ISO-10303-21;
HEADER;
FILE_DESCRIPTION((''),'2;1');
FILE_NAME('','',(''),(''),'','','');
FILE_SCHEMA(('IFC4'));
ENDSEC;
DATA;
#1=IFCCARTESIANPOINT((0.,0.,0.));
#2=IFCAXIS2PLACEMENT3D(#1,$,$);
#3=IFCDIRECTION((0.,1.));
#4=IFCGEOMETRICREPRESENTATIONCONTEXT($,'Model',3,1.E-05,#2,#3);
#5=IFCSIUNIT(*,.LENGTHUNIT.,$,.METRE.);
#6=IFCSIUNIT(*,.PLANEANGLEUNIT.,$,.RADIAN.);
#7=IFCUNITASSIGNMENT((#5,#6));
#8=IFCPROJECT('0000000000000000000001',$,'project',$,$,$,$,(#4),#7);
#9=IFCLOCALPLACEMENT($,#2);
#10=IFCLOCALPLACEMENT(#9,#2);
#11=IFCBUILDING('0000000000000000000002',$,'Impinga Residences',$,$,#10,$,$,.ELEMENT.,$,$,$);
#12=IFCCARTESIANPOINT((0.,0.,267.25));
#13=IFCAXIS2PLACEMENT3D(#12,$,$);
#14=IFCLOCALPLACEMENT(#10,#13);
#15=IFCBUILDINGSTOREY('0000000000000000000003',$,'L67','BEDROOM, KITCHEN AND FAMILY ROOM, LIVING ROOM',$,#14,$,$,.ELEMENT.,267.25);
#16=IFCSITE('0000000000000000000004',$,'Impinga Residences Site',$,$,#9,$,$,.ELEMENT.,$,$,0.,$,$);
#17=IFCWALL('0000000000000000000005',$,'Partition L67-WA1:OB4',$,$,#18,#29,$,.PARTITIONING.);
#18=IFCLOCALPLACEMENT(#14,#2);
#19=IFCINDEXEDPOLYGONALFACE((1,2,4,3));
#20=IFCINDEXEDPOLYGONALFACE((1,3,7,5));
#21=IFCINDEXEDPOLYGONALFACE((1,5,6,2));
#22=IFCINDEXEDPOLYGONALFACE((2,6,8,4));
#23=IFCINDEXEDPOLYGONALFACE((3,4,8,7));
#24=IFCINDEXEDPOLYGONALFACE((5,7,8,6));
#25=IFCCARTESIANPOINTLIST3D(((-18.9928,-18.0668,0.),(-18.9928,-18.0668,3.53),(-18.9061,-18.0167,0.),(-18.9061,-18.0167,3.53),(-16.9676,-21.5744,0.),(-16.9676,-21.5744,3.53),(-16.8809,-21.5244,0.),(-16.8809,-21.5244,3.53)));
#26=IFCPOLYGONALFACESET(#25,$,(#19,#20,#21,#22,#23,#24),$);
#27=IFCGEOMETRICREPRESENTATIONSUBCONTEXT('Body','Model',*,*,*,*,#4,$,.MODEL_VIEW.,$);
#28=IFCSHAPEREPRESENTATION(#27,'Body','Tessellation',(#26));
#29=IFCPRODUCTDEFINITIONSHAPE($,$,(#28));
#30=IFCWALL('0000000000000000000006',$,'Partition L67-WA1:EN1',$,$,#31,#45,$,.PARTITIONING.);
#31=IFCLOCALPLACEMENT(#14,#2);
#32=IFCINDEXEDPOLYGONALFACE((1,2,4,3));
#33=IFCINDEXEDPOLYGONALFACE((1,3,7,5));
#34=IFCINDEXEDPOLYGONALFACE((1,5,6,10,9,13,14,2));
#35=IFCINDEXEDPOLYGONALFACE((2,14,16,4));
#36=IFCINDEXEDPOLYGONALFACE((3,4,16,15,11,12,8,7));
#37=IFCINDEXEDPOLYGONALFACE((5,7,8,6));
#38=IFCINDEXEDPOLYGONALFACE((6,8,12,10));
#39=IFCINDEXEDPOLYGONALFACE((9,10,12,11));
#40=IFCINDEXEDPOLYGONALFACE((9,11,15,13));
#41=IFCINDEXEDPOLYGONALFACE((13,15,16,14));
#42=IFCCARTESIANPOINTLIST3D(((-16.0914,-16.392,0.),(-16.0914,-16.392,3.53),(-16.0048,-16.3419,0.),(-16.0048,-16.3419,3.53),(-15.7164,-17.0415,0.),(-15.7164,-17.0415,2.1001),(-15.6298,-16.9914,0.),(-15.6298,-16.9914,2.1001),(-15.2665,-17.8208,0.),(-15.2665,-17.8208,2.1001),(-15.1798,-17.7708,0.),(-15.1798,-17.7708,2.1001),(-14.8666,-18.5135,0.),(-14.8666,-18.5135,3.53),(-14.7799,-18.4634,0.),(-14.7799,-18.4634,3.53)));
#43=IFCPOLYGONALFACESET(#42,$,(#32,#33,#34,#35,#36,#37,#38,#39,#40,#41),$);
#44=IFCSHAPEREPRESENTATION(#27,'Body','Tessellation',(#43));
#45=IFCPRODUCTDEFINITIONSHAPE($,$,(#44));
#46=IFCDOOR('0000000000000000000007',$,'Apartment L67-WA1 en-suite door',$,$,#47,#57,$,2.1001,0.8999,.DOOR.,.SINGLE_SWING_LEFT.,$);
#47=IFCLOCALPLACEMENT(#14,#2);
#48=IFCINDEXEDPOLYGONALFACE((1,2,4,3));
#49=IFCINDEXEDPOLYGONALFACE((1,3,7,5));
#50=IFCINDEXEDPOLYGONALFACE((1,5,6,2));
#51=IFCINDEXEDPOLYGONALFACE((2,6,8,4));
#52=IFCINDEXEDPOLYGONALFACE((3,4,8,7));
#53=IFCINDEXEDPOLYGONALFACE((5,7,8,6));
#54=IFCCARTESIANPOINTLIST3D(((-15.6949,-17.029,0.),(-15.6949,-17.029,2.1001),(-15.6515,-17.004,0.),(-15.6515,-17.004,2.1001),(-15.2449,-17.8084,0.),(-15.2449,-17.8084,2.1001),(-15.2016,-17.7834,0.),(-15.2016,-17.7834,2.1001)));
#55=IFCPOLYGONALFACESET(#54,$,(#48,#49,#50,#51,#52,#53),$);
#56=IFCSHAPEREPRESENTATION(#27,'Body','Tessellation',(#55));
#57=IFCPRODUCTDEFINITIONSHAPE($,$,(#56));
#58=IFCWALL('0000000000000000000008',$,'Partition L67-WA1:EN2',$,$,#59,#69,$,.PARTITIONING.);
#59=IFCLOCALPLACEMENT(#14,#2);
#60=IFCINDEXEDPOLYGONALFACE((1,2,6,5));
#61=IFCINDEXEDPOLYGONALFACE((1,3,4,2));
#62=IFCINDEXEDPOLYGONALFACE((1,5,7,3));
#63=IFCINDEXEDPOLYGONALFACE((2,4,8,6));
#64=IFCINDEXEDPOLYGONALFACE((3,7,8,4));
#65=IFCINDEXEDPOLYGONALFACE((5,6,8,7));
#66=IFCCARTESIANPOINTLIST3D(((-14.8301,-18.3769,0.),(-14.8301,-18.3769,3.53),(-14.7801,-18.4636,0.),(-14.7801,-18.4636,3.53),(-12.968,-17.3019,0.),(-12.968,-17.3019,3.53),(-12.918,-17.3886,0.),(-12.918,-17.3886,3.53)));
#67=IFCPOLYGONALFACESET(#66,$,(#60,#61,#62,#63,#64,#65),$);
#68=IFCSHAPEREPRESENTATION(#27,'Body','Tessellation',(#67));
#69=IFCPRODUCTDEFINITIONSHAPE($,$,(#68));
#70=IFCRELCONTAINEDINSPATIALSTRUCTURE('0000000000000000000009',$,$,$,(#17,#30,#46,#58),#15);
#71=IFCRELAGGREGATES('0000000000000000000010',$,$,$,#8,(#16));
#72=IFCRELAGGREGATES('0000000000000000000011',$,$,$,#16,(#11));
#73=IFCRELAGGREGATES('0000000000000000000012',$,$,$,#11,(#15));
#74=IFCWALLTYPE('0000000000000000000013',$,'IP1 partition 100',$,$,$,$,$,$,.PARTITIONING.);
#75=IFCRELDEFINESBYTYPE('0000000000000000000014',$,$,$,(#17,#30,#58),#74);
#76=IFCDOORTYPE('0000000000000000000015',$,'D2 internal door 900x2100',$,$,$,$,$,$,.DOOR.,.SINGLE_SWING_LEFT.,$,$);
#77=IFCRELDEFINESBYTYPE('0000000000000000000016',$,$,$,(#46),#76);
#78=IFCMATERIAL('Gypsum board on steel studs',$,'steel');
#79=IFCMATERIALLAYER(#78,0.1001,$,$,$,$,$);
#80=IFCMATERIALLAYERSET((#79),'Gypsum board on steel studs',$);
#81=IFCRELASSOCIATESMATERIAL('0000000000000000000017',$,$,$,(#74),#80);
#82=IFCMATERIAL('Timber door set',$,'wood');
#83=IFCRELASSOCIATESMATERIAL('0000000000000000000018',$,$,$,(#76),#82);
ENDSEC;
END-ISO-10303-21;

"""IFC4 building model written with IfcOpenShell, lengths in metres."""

from ifc_helpers import new_model, si_unit, direction, frame, frame_2d, origin, place, context, subcontext, project, spatial, rectangle, extrude, material, layer, layer_set, type_object, element, fill, save


model = new_model("IFC4")

# Units and contexts
model_context = context("Model", 3, precision=1e-05, world=origin(), true_north=direction((0.0, 1.0)))
body_context = subcontext(model_context, "Body", "Model", "MODEL_VIEW")
ifc_project = project(units=[si_unit("LENGTHUNIT", "METRE"), si_unit("PLANEANGLEUNIT", "RADIAN")], contexts=[model_context])

# Site, building, storey
site_placement = place(None, origin())
site = spatial("IfcSite", under=ifc_project, at=site_placement, Name="Impinga Residences Site", CompositionType="ELEMENT", RefElevation=0.0)
building_placement = place(site_placement, origin())
building = spatial("IfcBuilding", under=site, at=building_placement, Name="Impinga Residences", CompositionType="ELEMENT")
storey_placement = place(building_placement, frame((0.0, 0.0, 267.25)))
storey = spatial("IfcBuildingStorey", under=building, at=storey_placement, Name="L67", Description="BEDROOM, KITCHEN AND FAMILY ROOM, LIVING ROOM", CompositionType="ELEMENT", Elevation=267.25)

# Wall
ifc_material_1 = material(Name="Gypsum board on steel studs", Category="steel")
ifc_layer_1 = layer(ifc_material_1, 0.1001)
ifc_layer_set_1 = layer_set([ifc_layer_1], Name="Gypsum board on steel studs")
wall_type_1 = type_object("IfcWallType", Name="IP1 partition 100", PredefinedType="PARTITIONING", material=ifc_layer_set_1)
wall_1_placement = place(storey_placement, frame((-18.9495, -18.0417, 0.0), z_axis=(0.0, 0.0, 1.0), x_axis=(0.500009, -0.86602, 0.0)))
element("IfcWall", 1, at=wall_1_placement, inside=storey, type_object=wall_type_1, Name="Partition L67-WA1:OB4", PredefinedType="PARTITIONING", context=body_context, shape_type="SweptSolid", body=[
    extrude(rectangle(XDim=4.0503, YDim=0.1001, at=frame_2d((2.0251, 0.0))), origin(), (0.0, 0.0, 1.0), 3.53),
])

# Wall, opening, door
wall_2_placement = place(storey_placement, frame((-16.0481, -16.3669, 0.0), z_axis=(0.0, 0.0, 1.0), x_axis=(0.499987, -0.866033, 0.0)))
wall_2 = element("IfcWall", 2, at=wall_2_placement, inside=storey, type_object=wall_type_1, Name="Partition L67-WA1:EN1", PredefinedType="PARTITIONING", context=body_context, shape_type="SweptSolid", body=[
    extrude(rectangle(XDim=2.4497, YDim=0.1001, at=frame_2d((1.2249, 0.0))), origin(), (0.0, 0.0, 1.0), 3.53),
])
opening_1_placement = place(wall_2_placement, frame((0.75, 0.0, 0.0)))
opening_1 = element("IfcOpeningElement", 3, at=opening_1_placement, cuts=wall_2, PredefinedType="OPENING", context=body_context, shape_type="SweptSolid", body=[
    extrude(rectangle(XDim=0.8999, YDim=2.1001, at=frame_2d((0.45, 1.05))), frame((0.0, 0.0601, 0.0), z_axis=(0.0, -1.0, 0.0), x_axis=(1.0, 0.0, 0.0)), (0.0, 0.0, 1.0), 0.1201),
])
ifc_material_2 = material(Name="Timber door set", Category="wood")
door_type = type_object("IfcDoorType", Name="D2 internal door 900x2100", OperationType="SINGLE_SWING_LEFT", PredefinedType="DOOR", material=ifc_material_2)
door_placement = place(opening_1_placement, origin())
door = element("IfcDoor", 4, at=door_placement, inside=storey, type_object=door_type, Name="Apartment L67-WA1 en-suite door", OperationType="SINGLE_SWING_LEFT", OverallHeight=2.1001, OverallWidth=0.8999, PredefinedType="DOOR", context=body_context, shape_type="SweptSolid", body=[
    extrude(rectangle(XDim=0.8999, YDim=2.1001, at=frame_2d((0.45, 1.05))), frame((0.0, 0.0249, 0.0), z_axis=(0.0, -1.0, 0.0), x_axis=(1.0, 0.0, 0.0)), (0.0, 0.0, 1.0), 0.05),
])
fill(opening_1, door)

# Wall
wall_3_placement = place(storey_placement, frame((-12.9429, -17.3452, 0.0), z_axis=(0.0, 0.0, 1.0), x_axis=(-0.866048, -0.499962, 0.0)))
element("IfcWall", 5, at=wall_3_placement, inside=storey, type_object=wall_type_1, Name="Partition L67-WA1:EN2", PredefinedType="PARTITIONING", context=body_context, shape_type="SweptSolid", body=[
    extrude(rectangle(XDim=2.1501, YDim=0.1001, at=frame_2d((1.0752, 0.0))), origin(), (0.0, 0.0, 1.0), 3.53),
])

save(model, "model.ifc")
